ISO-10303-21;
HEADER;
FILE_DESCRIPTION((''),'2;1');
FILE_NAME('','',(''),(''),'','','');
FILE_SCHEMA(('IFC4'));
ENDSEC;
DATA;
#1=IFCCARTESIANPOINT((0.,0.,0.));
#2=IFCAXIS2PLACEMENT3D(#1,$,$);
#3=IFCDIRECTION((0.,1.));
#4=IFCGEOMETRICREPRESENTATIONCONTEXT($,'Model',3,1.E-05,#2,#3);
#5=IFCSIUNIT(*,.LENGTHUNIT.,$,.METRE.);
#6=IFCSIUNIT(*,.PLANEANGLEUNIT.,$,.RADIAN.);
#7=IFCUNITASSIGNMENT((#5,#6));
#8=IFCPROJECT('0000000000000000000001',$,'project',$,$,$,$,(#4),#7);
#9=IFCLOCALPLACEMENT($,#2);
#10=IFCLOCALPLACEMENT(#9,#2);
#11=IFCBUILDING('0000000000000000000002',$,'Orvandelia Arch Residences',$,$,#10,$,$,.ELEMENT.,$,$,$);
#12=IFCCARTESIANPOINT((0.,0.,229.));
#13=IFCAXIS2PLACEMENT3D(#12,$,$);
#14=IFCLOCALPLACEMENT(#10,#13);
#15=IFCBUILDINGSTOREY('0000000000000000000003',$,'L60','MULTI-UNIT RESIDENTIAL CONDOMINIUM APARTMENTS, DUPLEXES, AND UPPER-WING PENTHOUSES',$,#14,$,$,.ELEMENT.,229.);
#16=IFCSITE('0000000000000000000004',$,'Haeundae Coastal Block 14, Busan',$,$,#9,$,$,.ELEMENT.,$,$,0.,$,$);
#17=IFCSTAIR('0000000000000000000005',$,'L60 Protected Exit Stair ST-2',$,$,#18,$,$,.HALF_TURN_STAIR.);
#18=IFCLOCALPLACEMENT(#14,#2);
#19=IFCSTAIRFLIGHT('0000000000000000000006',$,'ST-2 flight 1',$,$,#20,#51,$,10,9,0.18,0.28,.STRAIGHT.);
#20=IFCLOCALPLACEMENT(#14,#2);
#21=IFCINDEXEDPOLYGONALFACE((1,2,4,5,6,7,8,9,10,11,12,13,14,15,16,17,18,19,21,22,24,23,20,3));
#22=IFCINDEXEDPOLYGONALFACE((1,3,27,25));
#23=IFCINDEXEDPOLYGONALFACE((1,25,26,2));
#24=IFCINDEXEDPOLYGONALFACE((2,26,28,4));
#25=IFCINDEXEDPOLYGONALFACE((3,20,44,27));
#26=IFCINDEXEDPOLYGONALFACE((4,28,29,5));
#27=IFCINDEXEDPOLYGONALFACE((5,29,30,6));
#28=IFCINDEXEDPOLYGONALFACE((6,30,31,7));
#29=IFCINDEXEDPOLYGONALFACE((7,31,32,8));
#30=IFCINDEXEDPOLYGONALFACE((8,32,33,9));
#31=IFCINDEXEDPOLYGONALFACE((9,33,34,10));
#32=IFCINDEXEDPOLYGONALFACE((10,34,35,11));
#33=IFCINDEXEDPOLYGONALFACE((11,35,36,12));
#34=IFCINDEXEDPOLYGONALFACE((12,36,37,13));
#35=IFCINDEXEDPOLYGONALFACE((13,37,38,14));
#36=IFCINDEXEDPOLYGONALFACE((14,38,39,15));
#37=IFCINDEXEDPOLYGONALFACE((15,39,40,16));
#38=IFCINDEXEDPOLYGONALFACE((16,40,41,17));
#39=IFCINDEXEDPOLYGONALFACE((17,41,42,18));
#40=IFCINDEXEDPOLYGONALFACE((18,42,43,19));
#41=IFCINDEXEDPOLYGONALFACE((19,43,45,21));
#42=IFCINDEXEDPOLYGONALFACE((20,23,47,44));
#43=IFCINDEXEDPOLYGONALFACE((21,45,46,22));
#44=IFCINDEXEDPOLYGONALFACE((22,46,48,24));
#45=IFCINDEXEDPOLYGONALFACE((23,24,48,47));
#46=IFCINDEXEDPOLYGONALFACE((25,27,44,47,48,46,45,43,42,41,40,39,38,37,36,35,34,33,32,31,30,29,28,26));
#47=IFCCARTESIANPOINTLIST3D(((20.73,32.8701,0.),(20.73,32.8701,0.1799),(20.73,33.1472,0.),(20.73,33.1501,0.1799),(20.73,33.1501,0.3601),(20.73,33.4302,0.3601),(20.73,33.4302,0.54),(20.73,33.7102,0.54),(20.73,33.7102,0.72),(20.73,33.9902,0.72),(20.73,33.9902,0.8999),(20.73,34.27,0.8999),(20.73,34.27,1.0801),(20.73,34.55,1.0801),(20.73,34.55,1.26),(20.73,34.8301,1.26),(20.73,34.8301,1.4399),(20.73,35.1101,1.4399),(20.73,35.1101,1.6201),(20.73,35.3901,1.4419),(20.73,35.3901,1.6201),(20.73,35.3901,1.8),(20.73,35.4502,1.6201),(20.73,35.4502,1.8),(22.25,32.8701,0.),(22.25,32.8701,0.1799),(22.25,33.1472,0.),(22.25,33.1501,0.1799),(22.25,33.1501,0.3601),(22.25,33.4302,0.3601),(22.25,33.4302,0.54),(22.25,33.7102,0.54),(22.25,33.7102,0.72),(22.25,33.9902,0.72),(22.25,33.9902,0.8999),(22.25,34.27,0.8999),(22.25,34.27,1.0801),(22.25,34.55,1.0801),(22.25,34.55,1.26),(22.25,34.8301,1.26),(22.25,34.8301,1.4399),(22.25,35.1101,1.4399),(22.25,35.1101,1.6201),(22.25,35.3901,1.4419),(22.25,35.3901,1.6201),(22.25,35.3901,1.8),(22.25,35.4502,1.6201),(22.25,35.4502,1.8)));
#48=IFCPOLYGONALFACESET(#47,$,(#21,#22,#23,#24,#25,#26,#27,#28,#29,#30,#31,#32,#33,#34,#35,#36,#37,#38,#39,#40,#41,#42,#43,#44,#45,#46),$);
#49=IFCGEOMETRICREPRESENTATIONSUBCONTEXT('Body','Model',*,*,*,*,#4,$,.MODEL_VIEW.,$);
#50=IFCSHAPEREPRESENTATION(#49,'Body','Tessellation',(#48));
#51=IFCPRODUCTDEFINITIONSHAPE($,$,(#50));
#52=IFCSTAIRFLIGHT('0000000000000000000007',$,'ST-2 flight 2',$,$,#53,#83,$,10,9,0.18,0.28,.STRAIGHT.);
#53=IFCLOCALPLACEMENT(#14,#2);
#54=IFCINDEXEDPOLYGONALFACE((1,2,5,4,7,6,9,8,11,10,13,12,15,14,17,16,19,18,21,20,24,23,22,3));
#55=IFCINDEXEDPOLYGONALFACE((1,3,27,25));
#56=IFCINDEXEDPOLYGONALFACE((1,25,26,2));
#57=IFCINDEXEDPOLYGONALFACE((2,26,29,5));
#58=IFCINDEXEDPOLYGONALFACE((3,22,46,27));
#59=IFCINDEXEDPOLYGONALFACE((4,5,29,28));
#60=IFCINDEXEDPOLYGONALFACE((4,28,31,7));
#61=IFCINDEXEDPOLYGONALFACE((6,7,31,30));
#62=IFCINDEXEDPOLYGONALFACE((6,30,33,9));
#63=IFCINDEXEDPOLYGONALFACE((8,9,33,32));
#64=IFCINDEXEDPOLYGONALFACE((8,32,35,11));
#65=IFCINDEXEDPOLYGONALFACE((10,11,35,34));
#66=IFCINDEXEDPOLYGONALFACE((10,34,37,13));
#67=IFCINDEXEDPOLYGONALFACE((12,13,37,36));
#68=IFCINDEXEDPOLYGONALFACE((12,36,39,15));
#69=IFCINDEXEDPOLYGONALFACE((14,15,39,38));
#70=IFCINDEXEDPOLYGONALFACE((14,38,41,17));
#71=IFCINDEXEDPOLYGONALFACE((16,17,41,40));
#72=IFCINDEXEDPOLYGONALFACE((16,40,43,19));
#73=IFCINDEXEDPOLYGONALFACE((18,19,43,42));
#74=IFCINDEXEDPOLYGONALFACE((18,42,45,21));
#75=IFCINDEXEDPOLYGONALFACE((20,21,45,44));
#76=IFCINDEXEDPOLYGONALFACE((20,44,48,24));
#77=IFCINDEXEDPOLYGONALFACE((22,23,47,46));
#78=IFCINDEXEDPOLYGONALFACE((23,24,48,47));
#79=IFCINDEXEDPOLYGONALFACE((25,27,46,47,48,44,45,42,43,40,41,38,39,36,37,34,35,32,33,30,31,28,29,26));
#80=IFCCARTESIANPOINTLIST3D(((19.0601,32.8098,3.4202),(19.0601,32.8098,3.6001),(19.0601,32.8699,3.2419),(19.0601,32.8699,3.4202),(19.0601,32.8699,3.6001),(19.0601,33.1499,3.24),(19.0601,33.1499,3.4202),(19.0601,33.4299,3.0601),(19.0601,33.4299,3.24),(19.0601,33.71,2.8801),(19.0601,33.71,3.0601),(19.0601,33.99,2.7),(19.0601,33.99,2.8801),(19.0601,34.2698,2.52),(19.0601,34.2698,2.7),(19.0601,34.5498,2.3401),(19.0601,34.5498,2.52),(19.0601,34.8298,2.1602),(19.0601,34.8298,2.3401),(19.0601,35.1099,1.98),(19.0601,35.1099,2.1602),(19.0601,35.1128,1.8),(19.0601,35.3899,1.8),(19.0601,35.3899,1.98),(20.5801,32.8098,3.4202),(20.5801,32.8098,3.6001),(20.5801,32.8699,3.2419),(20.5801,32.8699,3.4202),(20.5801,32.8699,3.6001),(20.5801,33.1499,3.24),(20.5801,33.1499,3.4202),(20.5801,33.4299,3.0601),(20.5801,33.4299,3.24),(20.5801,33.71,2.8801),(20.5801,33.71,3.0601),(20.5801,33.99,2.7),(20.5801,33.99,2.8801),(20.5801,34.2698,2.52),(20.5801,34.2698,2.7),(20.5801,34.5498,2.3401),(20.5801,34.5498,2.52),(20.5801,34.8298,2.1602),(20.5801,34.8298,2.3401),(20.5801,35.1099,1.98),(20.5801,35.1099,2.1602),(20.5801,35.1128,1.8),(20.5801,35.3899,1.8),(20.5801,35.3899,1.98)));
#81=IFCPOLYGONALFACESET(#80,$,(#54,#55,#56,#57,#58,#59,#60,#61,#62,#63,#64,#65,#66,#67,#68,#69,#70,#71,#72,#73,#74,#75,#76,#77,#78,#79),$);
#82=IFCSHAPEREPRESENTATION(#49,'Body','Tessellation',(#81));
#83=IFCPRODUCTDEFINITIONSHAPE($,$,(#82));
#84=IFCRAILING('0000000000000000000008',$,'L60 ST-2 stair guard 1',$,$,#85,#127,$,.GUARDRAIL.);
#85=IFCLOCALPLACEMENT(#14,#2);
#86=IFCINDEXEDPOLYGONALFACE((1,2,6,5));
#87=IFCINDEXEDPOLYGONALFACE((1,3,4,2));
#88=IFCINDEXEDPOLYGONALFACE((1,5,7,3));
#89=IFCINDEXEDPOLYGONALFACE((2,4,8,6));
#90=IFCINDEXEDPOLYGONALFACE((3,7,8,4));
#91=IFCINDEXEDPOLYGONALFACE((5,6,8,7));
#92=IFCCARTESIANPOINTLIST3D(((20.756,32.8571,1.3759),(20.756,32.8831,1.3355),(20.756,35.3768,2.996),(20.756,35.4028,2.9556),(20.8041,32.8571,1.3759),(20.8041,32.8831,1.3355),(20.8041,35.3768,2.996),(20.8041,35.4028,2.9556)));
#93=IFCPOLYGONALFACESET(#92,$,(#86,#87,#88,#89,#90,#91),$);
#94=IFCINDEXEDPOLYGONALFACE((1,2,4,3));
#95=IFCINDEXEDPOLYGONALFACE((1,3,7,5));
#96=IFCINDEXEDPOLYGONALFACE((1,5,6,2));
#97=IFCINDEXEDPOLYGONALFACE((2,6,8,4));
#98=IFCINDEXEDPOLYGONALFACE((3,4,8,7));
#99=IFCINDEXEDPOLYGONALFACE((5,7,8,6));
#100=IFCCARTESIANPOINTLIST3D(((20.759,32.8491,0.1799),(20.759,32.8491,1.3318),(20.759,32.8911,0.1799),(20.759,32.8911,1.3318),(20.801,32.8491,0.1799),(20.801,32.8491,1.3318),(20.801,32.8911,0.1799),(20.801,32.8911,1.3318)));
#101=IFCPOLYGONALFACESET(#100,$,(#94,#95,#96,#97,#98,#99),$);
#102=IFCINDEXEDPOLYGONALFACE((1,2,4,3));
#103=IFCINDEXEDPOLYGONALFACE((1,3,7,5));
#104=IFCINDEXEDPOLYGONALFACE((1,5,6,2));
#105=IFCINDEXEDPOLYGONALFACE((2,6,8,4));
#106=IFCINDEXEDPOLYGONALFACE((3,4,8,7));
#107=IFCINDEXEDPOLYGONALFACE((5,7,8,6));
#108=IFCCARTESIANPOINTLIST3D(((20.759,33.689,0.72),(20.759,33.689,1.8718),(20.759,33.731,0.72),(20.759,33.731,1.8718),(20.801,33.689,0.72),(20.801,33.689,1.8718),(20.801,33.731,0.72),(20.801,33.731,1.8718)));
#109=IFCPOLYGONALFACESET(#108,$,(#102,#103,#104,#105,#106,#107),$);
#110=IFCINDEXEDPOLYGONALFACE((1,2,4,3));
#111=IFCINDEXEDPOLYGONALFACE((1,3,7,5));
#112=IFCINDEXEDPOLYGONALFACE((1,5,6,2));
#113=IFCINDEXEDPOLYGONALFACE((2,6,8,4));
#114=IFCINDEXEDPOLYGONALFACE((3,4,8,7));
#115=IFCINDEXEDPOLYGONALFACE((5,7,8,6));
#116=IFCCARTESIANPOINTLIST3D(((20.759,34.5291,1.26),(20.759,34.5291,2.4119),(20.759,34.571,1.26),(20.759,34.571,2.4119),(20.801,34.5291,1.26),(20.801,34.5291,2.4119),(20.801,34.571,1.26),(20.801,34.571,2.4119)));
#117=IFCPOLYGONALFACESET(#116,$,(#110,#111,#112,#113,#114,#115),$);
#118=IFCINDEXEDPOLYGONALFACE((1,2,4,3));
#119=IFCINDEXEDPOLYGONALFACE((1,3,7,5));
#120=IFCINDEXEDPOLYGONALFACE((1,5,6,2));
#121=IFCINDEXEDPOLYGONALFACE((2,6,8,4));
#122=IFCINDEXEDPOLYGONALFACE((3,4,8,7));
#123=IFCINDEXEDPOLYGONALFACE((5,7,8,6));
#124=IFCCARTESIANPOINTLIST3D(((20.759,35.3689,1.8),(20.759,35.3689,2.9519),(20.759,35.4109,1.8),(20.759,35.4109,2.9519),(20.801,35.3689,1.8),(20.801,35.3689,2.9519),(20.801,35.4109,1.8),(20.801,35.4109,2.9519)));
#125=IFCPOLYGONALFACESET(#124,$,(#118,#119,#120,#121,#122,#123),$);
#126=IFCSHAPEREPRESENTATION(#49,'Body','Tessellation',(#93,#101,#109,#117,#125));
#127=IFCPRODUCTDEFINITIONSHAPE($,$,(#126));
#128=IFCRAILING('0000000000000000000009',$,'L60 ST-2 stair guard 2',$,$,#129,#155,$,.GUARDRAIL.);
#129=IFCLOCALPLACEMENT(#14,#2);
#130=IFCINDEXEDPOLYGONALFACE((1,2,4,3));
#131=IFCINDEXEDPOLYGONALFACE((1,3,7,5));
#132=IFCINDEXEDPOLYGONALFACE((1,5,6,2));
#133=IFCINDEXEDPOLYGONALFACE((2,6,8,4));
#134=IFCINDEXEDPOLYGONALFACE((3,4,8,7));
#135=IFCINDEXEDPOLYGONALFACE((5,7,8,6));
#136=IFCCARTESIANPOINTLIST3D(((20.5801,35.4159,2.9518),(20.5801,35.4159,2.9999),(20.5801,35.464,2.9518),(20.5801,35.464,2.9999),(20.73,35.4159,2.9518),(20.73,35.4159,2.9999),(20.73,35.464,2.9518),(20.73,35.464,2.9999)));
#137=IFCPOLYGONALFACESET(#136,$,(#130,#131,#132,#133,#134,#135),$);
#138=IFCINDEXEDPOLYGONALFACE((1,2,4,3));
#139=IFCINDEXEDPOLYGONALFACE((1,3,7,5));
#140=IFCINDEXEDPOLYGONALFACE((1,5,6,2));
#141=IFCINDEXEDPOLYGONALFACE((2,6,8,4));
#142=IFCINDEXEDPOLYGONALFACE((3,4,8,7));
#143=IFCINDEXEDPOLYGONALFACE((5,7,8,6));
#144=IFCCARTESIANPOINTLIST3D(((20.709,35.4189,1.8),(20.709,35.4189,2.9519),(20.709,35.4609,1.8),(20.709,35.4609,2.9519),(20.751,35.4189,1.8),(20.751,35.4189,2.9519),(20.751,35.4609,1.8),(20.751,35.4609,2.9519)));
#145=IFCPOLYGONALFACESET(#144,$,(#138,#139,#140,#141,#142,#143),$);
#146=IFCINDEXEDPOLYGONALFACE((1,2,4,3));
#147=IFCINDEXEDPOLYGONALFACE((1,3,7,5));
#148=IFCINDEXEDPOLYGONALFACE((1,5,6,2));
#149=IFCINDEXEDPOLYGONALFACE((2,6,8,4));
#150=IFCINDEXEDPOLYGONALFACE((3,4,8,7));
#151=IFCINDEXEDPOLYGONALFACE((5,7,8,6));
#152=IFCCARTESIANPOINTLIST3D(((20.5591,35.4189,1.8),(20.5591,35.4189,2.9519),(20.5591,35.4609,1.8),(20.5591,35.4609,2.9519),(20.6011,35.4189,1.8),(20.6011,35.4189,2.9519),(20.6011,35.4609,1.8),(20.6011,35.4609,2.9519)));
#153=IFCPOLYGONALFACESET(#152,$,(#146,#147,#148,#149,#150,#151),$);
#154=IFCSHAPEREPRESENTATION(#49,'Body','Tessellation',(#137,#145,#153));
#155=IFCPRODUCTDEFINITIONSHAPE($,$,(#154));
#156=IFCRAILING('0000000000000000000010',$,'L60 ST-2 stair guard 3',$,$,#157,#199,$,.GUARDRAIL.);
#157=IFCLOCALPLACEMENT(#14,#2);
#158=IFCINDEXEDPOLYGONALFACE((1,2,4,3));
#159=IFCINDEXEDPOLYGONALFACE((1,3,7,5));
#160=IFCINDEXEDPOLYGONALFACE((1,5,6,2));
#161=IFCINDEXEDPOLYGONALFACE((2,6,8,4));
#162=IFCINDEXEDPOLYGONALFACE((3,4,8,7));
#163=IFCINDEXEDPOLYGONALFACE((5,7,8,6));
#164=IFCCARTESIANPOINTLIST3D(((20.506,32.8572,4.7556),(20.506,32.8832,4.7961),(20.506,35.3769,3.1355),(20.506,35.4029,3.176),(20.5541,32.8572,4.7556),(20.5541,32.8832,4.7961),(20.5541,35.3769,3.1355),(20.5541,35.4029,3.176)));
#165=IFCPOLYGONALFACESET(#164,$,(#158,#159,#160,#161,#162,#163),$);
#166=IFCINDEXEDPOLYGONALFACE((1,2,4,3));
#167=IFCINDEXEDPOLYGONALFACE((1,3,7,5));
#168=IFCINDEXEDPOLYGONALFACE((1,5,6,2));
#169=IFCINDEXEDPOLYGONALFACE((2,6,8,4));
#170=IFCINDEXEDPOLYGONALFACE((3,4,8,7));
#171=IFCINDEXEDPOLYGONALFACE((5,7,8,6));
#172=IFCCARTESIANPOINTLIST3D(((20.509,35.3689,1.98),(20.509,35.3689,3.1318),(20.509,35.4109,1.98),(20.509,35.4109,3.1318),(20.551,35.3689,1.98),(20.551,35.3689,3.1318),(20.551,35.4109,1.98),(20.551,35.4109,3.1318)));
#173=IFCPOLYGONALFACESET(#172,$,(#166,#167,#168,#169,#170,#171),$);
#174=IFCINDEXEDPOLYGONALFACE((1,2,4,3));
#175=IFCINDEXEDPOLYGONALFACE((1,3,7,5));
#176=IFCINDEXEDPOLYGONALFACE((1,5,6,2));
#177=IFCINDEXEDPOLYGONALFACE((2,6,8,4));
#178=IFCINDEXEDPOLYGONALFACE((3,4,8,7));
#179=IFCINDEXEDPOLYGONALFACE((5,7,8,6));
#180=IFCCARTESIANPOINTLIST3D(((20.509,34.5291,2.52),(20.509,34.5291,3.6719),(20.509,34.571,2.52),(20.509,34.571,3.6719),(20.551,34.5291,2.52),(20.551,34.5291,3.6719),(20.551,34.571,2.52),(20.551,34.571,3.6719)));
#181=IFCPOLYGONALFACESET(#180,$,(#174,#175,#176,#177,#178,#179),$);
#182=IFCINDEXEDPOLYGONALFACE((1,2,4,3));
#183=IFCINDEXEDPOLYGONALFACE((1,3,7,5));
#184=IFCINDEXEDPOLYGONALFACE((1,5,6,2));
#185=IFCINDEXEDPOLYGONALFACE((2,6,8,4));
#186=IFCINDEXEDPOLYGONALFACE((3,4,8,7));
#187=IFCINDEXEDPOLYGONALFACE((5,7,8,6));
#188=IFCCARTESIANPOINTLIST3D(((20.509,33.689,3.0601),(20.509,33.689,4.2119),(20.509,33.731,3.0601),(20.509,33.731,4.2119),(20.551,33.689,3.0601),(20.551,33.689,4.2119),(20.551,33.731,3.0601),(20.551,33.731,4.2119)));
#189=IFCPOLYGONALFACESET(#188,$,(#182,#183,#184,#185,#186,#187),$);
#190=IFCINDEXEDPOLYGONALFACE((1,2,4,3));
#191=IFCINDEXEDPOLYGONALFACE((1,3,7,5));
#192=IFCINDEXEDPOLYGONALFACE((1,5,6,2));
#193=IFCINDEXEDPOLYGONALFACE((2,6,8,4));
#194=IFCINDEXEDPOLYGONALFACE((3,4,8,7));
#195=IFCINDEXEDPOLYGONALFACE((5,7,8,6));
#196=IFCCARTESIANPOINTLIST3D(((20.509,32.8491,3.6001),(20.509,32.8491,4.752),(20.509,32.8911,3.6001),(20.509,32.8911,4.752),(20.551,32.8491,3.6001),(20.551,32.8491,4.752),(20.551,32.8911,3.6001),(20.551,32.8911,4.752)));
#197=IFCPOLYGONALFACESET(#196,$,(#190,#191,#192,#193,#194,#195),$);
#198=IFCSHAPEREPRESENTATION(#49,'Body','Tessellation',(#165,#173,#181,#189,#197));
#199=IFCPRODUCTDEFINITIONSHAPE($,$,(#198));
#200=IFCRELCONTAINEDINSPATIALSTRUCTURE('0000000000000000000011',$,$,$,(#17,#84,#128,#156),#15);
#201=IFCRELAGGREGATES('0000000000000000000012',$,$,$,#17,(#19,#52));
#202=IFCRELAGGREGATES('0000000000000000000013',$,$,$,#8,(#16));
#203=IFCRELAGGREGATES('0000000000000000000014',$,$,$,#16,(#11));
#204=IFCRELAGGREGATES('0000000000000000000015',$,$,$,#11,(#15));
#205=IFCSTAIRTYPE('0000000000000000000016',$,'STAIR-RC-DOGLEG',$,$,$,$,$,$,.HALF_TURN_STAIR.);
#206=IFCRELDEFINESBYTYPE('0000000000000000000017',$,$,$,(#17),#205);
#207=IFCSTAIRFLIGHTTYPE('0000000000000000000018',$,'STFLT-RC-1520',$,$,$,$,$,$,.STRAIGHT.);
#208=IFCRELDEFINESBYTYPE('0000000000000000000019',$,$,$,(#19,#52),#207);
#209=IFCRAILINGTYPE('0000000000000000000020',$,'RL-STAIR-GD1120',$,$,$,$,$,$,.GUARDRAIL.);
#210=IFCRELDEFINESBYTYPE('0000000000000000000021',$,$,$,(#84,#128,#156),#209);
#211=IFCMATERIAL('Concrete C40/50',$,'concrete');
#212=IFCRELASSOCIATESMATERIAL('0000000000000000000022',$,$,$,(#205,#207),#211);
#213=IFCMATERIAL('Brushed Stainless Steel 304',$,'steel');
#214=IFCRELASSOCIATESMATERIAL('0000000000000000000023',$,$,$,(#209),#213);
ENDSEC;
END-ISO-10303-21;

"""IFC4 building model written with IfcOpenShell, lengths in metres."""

from ifc_helpers import new_model, si_unit, direction, frame, origin, origin_2d, place, context, subcontext, project, spatial, polyline, rectangle, outline, extrude, material, type_object, element, aggregate, save


model = new_model("IFC4")

# Units and contexts
model_context = context("Model", 3, precision=1e-05, world=origin(), true_north=direction((0.0, 1.0)))
body_context = subcontext(model_context, "Body", "Model", "MODEL_VIEW")
ifc_project = project(units=[si_unit("LENGTHUNIT", "METRE"), si_unit("PLANEANGLEUNIT", "RADIAN")], contexts=[model_context])

# Site, building, storey
site_placement = place(None, origin())
site = spatial("IfcSite", under=ifc_project, at=site_placement, Name="Haeundae Coastal Block 14, Busan", CompositionType="ELEMENT", RefElevation=0.0)
building_placement = place(site_placement, origin())
building = spatial("IfcBuilding", under=site, at=building_placement, Name="Orvandelia Arch Residences", CompositionType="ELEMENT")
storey_placement = place(building_placement, frame((0.0, 0.0, 229.0)))
storey = spatial("IfcBuildingStorey", under=building, at=storey_placement, Name="L60", Description="MULTI-UNIT RESIDENTIAL CONDOMINIUM APARTMENTS, DUPLEXES, AND UPPER-WING PENTHOUSES", CompositionType="ELEMENT", Elevation=229.0)

# Stair, stair flights
ifc_material_1 = material(Name="Concrete C40/50", Category="concrete")
stair_type = type_object("IfcStairType", Name="STAIR-RC-DOGLEG", PredefinedType="HALF_TURN_STAIR", material=ifc_material_1)
stair_placement = place(storey_placement, origin())
stair = element("IfcStair", 1, at=stair_placement, inside=storey, type_object=stair_type, Name="L60 Protected Exit Stair ST-2", PredefinedType="HALF_TURN_STAIR")
stair_flight_type = type_object("IfcStairFlightType", Name="STFLT-RC-1520", PredefinedType="STRAIGHT", material=ifc_material_1)
stair_flight_1_placement = place(storey_placement, frame((21.49, 32.8701, 0.0), z_axis=(0.0, 0.0, 1.0), x_axis=(0.0, 1.0, 0.0)))
stair_flight_1 = element("IfcStairFlight", 2, at=stair_flight_1_placement, type_object=stair_flight_type, Name="ST-2 flight 1", NumberOfRisers=10, NumberOfTreads=9, PredefinedType="STRAIGHT", RiserHeight=0.18, TreadLength=0.28, context=body_context, shape_type="SweptSolid", body=[
    extrude(outline(polyline([(0.0, 0.0), (0.0, 0.1799), (0.28, 0.1799), (0.28, 0.3601), (0.5601, 0.3601), (0.5601, 0.54), (0.8401, 0.54), (0.8401, 0.72), (1.1201, 0.72), (1.1201, 0.8999), (1.3999, 0.8999), (1.3999, 1.0801), (1.6799, 1.0801), (1.6799, 1.26), (1.96, 1.26), (1.96, 1.4399), (2.24, 1.4399), (2.24, 1.6201), (2.52, 1.6201), (2.52, 1.8), (2.5801, 1.8), (2.5801, 1.6201), (2.52, 1.4419), (0.2771, 0.0), (0.0, 0.0)])), frame((0.0, 0.76, 0.0), z_axis=(0.0, -1.0, 0.0), x_axis=(1.0, 0.0, 0.0)), (0.0, 0.0, 1.0), 1.52),
])
stair_flight_2_placement = place(storey_placement, frame((19.8201, 35.3899, 1.8), z_axis=(0.0, 0.0, 1.0), x_axis=(0.0, -1.0, 0.0)))
stair_flight_2 = element("IfcStairFlight", 3, at=stair_flight_2_placement, type_object=stair_flight_type, Name="ST-2 flight 2", NumberOfRisers=10, NumberOfTreads=9, PredefinedType="STRAIGHT", RiserHeight=0.18, TreadLength=0.28, context=body_context, shape_type="SweptSolid", body=[
    extrude(outline(polyline([(0.0, 0.0), (0.0, 0.1799), (0.28, 0.1799), (0.28, 0.3601), (0.5601, 0.3601), (0.5601, 0.54), (0.8401, 0.54), (0.8401, 0.72), (1.1201, 0.72), (1.1201, 0.8999), (1.3999, 0.8999), (1.3999, 1.0801), (1.6799, 1.0801), (1.6799, 1.26), (1.96, 1.26), (1.96, 1.4399), (2.24, 1.4399), (2.24, 1.6201), (2.52, 1.6201), (2.52, 1.8), (2.5801, 1.8), (2.5801, 1.6201), (2.52, 1.4419), (0.2771, 0.0), (0.0, 0.0)])), frame((0.0, 0.76, 0.0), z_axis=(0.0, -1.0, 0.0), x_axis=(1.0, 0.0, 0.0)), (0.0, 0.0, 1.0), 1.52),
])
aggregate(stair, [stair_flight_1, stair_flight_2])

# Railings
ifc_material_2 = material(Name="Brushed Stainless Steel 304", Category="steel")
railing_type_1 = type_object("IfcRailingType", Name="RL-STAIR-GD1120", PredefinedType="GUARDRAIL", material=ifc_material_2)
railing_1_placement = place(storey_placement, frame((20.78, 32.8701, 0.1799)))
element("IfcRailing", 4, at=railing_1_placement, inside=storey, type_object=railing_type_1, Name="L60 ST-2 stair guard 1", PredefinedType="GUARDRAIL", context=body_context, shape_type="SweptSolid", body=[
    extrude(rectangle(XDim=0.0481, YDim=0.0481, at=origin_2d()), frame((0.0, 0.0, 1.1758), z_axis=(0.0, 0.841139, 0.540819), x_axis=(-1.0, 0.0, 0.0)), (0.0, 0.0, 1.0), 2.9956),
    extrude(rectangle(XDim=0.042, YDim=0.042, at=origin_2d()), origin(), (0.0, 0.0, 1.0), 1.1519),
    extrude(rectangle(XDim=0.042, YDim=0.042, at=origin_2d()), frame((0.0, 0.8398, 0.54)), (0.0, 0.0, 1.0), 1.1519),
    extrude(rectangle(XDim=0.042, YDim=0.042, at=origin_2d()), frame((0.0, 1.6799, 1.0801)), (0.0, 0.0, 1.0), 1.1519),
    extrude(rectangle(XDim=0.042, YDim=0.042, at=origin_2d()), frame((0.0, 2.5198, 1.6201)), (0.0, 0.0, 1.0), 1.1519),
])
railing_2_placement = place(storey_placement, frame((20.73, 35.4399, 1.8)))
element("IfcRailing", 5, at=railing_2_placement, inside=storey, type_object=railing_type_1, Name="L60 ST-2 stair guard 2", PredefinedType="GUARDRAIL", context=body_context, shape_type="SweptSolid", body=[
    extrude(rectangle(XDim=0.0481, YDim=0.0481, at=origin_2d()), frame((0.0, 0.0, 1.1758), z_axis=(-1.0, 0.0, 0.0), x_axis=(0.0, -1.0, 0.0)), (0.0, 0.0, 1.0), 0.1499),
    extrude(rectangle(XDim=0.042, YDim=0.042, at=origin_2d()), origin(), (0.0, 0.0, 1.0), 1.1519),
    extrude(rectangle(XDim=0.042, YDim=0.042, at=origin_2d()), frame((-0.1499, 0.0, 0.0)), (0.0, 0.0, 1.0), 1.1519),
])
railing_3_placement = place(storey_placement, frame((20.53, 35.3899, 1.98)))
element("IfcRailing", 6, at=railing_3_placement, inside=storey, type_object=railing_type_1, Name="L60 ST-2 stair guard 3", PredefinedType="GUARDRAIL", context=body_context, shape_type="SweptSolid", body=[
    extrude(rectangle(XDim=0.0481, YDim=0.0481, at=origin_2d()), frame((0.0, 0.0, 1.1758), z_axis=(0.0, -0.841139, 0.540819), x_axis=(1.0, 0.0, 0.0)), (0.0, 0.0, 1.0), 2.9956),
    extrude(rectangle(XDim=0.042, YDim=0.042, at=origin_2d()), origin(), (0.0, 0.0, 1.0), 1.1519),
    extrude(rectangle(XDim=0.042, YDim=0.042, at=origin_2d()), frame((0.0, -0.8398, 0.54)), (0.0, 0.0, 1.0), 1.1519),
    extrude(rectangle(XDim=0.042, YDim=0.042, at=origin_2d()), frame((0.0, -1.6799, 1.0801)), (0.0, 0.0, 1.0), 1.1519),
    extrude(rectangle(XDim=0.042, YDim=0.042, at=origin_2d()), frame((0.0, -2.5198, 1.6201)), (0.0, 0.0, 1.0), 1.1519),
])

save(model, "model.ifc")
